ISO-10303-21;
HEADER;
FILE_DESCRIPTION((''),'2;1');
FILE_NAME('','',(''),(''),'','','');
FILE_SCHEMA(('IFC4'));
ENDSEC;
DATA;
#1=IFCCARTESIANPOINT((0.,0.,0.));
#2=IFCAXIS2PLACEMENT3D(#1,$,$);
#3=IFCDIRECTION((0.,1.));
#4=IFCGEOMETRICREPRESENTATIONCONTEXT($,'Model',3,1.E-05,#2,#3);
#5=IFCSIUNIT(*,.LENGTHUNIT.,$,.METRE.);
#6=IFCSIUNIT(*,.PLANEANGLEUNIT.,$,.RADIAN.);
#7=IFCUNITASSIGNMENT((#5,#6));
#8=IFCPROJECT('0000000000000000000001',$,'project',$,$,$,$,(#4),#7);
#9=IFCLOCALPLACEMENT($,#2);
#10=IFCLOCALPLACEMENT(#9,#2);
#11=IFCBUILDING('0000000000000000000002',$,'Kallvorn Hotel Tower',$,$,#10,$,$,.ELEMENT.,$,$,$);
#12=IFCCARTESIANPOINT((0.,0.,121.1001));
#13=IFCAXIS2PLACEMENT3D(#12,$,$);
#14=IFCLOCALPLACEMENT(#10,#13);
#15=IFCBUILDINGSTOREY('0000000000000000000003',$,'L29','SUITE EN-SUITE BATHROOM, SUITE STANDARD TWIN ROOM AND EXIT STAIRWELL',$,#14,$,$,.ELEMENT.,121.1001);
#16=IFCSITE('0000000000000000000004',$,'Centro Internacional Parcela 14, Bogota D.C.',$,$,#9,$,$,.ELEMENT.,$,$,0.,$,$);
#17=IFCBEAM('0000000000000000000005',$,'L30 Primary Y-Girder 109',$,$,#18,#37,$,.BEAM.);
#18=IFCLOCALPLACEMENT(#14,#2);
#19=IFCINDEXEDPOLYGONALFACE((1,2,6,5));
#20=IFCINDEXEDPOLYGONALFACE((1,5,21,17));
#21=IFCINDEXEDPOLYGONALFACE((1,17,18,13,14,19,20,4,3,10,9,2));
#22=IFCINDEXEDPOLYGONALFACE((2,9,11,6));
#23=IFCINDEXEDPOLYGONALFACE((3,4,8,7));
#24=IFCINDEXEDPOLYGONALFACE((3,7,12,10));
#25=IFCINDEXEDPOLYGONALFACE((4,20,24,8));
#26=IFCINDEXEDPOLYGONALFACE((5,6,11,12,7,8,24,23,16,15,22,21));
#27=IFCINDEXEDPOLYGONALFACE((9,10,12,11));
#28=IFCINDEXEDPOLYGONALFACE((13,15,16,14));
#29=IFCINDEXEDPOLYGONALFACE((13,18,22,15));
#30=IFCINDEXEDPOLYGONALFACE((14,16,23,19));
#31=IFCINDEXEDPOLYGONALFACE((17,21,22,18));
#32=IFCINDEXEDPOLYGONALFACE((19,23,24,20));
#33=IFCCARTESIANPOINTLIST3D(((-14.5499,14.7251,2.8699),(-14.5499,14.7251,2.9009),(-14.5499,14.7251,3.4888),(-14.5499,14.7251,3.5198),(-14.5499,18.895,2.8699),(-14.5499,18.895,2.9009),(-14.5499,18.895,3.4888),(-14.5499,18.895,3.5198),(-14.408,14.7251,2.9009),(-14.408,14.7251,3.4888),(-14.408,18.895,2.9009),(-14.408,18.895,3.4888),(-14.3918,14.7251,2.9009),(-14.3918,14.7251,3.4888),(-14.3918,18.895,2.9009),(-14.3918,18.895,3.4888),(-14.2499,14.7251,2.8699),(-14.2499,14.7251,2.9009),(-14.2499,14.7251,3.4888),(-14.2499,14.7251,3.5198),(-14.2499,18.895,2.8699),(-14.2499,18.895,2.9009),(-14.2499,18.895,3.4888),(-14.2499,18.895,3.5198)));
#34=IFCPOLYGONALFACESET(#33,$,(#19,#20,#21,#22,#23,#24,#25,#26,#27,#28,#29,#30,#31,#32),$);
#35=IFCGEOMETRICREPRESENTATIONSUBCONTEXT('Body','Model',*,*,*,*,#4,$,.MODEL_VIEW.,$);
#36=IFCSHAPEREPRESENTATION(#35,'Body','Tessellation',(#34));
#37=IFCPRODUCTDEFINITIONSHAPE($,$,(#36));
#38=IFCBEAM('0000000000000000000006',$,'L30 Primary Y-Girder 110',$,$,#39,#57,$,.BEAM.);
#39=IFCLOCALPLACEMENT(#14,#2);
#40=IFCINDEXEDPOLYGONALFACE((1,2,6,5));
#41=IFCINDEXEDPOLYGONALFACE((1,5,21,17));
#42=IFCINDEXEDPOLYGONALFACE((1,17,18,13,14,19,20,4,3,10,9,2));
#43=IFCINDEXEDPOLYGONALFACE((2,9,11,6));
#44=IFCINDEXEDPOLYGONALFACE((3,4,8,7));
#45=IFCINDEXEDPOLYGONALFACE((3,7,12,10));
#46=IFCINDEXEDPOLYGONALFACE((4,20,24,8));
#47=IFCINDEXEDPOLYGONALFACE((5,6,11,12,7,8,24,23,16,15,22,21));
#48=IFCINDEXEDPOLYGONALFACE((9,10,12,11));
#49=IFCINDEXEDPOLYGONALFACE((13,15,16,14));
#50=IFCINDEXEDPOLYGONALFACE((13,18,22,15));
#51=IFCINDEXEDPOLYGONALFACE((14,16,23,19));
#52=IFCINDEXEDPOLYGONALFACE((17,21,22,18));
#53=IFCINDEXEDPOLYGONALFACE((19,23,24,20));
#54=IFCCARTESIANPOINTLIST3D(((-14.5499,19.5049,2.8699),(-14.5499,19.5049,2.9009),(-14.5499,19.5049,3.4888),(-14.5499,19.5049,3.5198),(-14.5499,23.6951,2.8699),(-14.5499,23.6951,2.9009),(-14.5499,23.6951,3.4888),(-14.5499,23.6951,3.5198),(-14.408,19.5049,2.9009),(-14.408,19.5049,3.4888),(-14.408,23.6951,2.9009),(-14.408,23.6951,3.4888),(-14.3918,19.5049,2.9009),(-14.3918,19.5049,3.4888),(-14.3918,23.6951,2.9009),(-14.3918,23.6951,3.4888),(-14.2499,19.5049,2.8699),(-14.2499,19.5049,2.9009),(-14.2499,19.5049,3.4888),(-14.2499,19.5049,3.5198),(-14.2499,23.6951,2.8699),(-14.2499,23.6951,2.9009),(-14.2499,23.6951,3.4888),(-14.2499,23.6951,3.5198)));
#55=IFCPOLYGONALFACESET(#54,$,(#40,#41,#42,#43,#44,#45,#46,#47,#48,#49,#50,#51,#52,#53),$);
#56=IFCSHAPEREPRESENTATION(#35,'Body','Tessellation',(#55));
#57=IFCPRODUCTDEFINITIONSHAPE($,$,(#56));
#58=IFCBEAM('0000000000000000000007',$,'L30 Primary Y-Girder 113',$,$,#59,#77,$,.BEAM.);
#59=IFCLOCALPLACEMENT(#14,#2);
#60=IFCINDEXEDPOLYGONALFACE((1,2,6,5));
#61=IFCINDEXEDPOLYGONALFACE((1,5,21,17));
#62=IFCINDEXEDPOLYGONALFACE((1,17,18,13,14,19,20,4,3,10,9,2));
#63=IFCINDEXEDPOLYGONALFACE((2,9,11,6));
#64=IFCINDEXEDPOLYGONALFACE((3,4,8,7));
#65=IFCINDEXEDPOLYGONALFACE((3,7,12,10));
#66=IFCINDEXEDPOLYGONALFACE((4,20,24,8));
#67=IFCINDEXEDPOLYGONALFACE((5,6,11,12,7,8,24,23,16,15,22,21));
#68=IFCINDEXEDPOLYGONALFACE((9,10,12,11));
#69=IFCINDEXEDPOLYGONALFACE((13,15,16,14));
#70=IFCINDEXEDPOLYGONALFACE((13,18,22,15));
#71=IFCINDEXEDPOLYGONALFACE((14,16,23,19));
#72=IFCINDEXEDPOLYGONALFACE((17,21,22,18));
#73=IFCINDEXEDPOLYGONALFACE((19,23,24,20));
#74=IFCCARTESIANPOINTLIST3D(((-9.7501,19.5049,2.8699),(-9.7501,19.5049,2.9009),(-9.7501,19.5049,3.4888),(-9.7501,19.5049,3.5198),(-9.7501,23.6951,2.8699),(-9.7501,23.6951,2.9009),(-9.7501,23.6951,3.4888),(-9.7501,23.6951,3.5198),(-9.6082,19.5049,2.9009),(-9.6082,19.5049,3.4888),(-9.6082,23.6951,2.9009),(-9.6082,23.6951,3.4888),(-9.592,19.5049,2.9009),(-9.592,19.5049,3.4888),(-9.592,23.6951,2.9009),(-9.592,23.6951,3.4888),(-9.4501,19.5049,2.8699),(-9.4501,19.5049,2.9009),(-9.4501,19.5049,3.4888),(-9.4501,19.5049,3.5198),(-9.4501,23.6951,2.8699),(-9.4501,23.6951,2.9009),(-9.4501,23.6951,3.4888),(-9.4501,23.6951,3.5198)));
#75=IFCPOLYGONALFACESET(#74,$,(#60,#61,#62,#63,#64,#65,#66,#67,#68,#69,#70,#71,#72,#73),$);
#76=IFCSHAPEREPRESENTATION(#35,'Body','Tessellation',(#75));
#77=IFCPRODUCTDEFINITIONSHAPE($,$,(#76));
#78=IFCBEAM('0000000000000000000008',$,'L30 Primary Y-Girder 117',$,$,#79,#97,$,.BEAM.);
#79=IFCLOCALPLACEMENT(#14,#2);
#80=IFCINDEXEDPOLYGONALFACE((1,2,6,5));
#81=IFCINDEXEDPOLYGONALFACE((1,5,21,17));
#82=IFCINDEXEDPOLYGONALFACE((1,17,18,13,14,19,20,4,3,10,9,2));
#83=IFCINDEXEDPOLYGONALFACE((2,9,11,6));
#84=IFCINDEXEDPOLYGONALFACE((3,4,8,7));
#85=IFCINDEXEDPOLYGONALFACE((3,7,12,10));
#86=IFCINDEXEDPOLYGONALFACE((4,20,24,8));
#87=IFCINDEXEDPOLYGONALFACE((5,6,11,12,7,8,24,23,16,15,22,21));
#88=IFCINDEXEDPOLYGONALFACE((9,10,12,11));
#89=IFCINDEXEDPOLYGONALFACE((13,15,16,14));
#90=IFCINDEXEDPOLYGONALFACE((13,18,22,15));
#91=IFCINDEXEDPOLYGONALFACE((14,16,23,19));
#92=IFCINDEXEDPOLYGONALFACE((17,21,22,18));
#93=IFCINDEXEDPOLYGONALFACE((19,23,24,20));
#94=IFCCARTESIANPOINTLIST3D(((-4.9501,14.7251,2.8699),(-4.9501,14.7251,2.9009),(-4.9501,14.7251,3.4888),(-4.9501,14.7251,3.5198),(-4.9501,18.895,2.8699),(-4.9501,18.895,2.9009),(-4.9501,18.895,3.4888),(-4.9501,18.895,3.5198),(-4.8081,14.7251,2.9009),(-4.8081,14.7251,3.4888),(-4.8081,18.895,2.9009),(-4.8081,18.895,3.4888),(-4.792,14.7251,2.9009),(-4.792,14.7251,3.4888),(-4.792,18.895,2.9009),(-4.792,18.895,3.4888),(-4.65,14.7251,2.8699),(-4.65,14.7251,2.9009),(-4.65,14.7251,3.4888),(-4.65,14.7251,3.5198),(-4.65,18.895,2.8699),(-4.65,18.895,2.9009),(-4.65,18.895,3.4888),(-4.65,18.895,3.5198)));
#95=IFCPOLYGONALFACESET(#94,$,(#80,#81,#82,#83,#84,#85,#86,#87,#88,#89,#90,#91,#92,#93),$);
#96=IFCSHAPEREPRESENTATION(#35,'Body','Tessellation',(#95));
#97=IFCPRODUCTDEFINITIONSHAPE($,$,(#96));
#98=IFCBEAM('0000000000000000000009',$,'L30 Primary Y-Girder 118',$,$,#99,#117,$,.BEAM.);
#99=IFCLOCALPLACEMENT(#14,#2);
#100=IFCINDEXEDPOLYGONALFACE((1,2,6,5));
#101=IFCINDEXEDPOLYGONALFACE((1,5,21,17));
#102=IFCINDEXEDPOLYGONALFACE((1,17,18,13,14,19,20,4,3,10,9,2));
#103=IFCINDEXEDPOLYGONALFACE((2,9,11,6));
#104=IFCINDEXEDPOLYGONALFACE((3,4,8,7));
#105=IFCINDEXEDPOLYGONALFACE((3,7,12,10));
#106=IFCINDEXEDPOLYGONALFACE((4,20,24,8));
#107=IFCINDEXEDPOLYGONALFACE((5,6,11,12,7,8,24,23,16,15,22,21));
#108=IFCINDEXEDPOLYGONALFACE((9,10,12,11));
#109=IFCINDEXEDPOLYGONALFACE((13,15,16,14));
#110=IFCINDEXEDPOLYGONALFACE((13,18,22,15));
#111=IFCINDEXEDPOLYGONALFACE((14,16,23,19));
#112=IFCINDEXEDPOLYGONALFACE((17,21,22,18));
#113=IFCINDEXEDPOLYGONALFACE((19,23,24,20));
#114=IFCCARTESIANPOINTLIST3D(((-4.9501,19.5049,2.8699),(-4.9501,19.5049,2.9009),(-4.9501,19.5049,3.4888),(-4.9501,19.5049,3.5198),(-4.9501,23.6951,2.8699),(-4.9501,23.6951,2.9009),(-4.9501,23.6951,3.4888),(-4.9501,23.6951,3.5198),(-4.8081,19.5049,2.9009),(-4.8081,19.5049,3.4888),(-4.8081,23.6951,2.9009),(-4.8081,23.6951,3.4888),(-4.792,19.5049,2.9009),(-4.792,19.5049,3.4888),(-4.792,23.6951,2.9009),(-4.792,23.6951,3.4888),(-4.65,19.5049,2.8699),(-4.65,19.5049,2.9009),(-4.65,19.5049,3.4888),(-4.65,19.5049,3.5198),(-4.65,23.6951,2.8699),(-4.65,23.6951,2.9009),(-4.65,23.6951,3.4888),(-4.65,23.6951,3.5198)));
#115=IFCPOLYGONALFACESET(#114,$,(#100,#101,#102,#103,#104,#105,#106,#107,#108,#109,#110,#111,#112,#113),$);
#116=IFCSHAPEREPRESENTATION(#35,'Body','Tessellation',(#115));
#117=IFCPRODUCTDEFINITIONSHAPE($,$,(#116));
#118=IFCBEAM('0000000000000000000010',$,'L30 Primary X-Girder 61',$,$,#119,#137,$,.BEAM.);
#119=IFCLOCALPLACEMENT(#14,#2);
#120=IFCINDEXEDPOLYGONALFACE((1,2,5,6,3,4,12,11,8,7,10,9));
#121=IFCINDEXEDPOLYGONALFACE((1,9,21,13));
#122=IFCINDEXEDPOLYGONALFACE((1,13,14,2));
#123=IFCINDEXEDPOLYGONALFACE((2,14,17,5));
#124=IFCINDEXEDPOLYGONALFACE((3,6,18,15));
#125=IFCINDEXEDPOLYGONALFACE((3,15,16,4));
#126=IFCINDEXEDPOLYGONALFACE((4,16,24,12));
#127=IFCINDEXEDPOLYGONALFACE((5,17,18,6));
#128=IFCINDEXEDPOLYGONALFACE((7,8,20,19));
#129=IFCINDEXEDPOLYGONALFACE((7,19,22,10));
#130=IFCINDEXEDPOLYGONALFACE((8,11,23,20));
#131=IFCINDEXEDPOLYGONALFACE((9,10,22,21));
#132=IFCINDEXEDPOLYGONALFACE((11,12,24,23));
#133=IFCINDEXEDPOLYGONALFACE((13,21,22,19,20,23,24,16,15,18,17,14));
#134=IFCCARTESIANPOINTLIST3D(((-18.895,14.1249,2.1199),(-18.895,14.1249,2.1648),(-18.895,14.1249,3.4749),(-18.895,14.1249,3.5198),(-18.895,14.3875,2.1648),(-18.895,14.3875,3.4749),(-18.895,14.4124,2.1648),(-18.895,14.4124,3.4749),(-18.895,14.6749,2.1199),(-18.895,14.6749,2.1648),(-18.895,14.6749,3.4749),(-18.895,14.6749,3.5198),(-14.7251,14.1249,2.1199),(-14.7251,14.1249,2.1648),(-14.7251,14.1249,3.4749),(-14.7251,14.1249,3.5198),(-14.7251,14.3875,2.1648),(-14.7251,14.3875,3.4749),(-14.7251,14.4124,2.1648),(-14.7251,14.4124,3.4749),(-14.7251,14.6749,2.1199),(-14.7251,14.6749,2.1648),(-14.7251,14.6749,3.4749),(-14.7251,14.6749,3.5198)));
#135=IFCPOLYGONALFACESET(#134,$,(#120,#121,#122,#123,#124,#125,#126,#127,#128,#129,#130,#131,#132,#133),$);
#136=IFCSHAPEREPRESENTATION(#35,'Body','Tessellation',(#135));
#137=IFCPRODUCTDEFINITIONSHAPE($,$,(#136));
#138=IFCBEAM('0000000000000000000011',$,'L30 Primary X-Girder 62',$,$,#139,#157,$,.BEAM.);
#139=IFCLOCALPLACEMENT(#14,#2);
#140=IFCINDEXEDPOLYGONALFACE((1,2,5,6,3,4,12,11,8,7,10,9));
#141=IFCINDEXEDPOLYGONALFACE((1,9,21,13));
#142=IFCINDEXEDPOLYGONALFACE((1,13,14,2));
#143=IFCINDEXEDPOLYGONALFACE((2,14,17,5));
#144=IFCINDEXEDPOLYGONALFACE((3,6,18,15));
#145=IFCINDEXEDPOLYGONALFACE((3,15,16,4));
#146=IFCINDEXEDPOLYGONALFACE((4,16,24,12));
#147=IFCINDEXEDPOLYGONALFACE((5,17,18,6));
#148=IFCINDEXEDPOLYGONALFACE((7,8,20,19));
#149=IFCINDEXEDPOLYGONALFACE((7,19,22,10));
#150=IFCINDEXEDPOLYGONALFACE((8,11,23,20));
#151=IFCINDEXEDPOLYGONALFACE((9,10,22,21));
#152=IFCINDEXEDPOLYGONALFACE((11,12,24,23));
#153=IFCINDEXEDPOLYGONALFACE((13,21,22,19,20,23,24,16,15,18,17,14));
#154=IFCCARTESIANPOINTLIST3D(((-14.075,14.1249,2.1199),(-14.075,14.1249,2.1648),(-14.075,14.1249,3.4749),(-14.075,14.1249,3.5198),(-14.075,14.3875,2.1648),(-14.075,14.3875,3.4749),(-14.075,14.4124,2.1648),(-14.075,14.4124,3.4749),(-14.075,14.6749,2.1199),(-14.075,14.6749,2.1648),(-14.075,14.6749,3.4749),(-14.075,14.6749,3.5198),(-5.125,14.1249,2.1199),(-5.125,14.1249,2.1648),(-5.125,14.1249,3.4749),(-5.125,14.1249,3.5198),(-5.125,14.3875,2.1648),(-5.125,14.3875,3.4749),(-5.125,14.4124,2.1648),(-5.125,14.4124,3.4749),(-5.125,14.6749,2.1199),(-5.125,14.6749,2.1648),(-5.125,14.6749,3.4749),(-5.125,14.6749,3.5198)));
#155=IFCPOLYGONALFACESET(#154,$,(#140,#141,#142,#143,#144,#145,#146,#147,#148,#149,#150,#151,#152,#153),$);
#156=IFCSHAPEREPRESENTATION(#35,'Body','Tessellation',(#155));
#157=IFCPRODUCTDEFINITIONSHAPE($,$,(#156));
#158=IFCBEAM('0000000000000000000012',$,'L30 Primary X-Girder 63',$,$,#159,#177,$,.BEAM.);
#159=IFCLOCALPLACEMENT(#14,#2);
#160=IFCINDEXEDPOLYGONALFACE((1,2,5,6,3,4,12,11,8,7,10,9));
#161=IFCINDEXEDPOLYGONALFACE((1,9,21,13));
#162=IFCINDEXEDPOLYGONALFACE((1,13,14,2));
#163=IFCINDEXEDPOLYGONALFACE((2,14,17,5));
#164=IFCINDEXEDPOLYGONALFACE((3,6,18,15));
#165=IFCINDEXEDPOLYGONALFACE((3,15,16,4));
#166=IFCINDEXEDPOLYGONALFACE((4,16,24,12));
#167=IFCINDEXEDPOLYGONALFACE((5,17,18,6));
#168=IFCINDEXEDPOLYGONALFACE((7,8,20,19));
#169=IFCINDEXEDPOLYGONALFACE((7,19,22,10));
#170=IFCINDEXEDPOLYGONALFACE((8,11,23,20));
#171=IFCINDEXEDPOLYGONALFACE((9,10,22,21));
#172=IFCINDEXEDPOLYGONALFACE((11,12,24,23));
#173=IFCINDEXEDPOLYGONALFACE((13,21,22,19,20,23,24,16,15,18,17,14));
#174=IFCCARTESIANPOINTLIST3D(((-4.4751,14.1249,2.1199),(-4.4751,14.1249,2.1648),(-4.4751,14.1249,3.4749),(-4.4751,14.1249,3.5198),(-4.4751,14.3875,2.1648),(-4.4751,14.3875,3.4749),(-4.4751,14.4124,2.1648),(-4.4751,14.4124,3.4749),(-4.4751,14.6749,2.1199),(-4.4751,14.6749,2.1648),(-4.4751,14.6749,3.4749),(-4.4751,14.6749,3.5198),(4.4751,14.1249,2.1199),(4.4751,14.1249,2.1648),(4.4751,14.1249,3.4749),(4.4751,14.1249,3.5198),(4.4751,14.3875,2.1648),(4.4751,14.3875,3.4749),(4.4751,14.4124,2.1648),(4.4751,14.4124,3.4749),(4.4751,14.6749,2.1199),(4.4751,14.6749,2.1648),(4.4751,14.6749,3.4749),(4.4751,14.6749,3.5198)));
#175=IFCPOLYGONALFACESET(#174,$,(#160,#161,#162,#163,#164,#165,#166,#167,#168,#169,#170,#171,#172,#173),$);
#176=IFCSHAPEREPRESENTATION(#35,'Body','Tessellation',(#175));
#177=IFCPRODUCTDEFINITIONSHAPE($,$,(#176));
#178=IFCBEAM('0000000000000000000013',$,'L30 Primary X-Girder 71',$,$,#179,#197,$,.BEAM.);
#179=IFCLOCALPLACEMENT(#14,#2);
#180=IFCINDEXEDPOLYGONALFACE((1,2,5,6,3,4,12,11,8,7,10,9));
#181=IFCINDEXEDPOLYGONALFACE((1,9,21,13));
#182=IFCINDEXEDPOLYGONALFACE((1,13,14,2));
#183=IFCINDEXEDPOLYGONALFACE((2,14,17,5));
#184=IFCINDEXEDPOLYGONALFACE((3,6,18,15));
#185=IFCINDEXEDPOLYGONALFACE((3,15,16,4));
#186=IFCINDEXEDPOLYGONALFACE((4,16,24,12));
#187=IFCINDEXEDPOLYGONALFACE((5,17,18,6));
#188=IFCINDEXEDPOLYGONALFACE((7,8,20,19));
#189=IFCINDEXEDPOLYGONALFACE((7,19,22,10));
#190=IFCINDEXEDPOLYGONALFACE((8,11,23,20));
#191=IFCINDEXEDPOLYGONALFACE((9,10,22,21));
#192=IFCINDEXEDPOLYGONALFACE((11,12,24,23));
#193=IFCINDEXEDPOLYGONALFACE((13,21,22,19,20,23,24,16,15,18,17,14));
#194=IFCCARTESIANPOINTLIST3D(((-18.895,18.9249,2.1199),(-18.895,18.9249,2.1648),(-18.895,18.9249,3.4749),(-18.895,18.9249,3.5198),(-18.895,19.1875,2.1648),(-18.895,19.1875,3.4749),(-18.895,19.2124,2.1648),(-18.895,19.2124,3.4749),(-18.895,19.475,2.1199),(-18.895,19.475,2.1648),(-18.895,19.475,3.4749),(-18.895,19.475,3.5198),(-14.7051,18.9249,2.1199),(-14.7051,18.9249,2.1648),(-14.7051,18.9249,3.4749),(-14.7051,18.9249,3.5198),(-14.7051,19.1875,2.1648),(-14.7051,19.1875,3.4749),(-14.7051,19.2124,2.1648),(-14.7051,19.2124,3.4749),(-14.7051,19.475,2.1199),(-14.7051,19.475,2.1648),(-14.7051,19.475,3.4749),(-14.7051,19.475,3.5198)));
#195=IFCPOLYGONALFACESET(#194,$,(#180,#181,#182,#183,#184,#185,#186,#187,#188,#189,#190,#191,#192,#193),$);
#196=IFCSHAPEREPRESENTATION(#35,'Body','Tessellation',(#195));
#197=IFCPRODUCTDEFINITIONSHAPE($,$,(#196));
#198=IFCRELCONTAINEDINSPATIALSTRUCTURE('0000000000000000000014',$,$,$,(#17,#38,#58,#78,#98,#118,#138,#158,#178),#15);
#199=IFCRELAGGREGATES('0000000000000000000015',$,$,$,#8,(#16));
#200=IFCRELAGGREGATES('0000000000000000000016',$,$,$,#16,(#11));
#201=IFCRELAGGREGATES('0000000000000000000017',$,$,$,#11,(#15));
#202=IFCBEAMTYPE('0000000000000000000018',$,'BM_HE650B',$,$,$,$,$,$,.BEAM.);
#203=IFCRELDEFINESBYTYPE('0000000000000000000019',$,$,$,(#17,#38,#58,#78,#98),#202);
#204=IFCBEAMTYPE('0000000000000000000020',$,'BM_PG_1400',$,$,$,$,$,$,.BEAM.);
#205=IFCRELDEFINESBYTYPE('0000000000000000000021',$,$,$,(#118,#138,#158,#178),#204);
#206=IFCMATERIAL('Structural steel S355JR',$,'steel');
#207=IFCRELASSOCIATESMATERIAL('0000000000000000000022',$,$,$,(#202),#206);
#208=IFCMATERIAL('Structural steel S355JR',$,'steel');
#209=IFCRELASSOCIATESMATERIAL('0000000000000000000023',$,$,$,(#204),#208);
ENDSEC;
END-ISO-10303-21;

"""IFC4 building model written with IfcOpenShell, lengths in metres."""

from ifc_helpers import new_model, si_unit, direction, frame, origin, origin_2d, place, context, subcontext, project, spatial, i_section, extrude, material, material_profile, profile_set, type_object, element, save


model = new_model("IFC4")

# Units and contexts
model_context = context("Model", 3, precision=1e-05, world=origin(), true_north=direction((0.0, 1.0)))
body_context = subcontext(model_context, "Body", "Model", "MODEL_VIEW")
ifc_project = project(units=[si_unit("LENGTHUNIT", "METRE"), si_unit("PLANEANGLEUNIT", "RADIAN")], contexts=[model_context])

# Site, building, storey
site_placement = place(None, origin())
site = spatial("IfcSite", under=ifc_project, at=site_placement, Name="Centro Internacional Parcela 14, Bogota D.C.", CompositionType="ELEMENT", RefElevation=0.0)
building_placement = place(site_placement, origin())
building = spatial("IfcBuilding", under=site, at=building_placement, Name="Kallvorn Hotel Tower", CompositionType="ELEMENT")
storey_placement = place(building_placement, frame((0.0, 0.0, 121.1001)))
storey = spatial("IfcBuildingStorey", under=building, at=storey_placement, Name="L29", Description="SUITE EN-SUITE BATHROOM, SUITE STANDARD TWIN ROOM AND EXIT STAIRWELL", CompositionType="ELEMENT", Elevation=121.1001)

# Beams
ifc_material_1 = material(Name="Structural steel S355JR", Category="steel")
ifc_material_profile_1 = material_profile(ifc_material_1, i_section(OverallWidth=0.3, OverallDepth=0.6499, WebThickness=0.0161, FlangeThickness=0.031, at=origin_2d()), Name="HE 650 B")
ifc_profile_set_1 = profile_set([ifc_material_profile_1], Name="Structural steel S355JR")
beam_type_1 = type_object("IfcBeamType", Name="BM_HE650B", PredefinedType="BEAM", material=ifc_profile_set_1)
beam_1_placement = place(storey_placement, frame((-14.3999, 14.7251, 3.1948), z_axis=(0.0, 1.0, 0.0), x_axis=(-1.0, 0.0, 0.0)))
element("IfcBeam", 1, at=beam_1_placement, inside=storey, type_object=beam_type_1, Name="L30 Primary Y-Girder 109", PredefinedType="BEAM", context=body_context, shape_type="SweptSolid", body=[
    extrude(i_section(OverallWidth=0.3, OverallDepth=0.6499, WebThickness=0.0161, FlangeThickness=0.031, at=origin_2d()), origin(), (0.0, 0.0, 1.0), 4.1699),
])
for number, where, z_axis, x_axis, name in (
    (2, (-14.3999, 19.5049, 3.1948), (0.0, 1.0, 0.0), (-1.0, 0.0, 0.0), "L30 Primary Y-Girder 110"),
    (3, (-9.6001, 19.5049, 3.1948), (0.0, 1.0, 0.0), (-1.0, 0.0, 0.0), "L30 Primary Y-Girder 113"),
):
    element("IfcBeam", number, at=place(storey_placement, frame(where, z_axis=z_axis, x_axis=x_axis)), inside=storey, type_object=beam_type_1, Name=name, PredefinedType="BEAM", context=body_context, shape_type="SweptSolid", body=[
        extrude(i_section(OverallWidth=0.3, OverallDepth=0.6499, WebThickness=0.0161, FlangeThickness=0.031, at=origin_2d()), origin(), (0.0, 0.0, 1.0), 4.1902),
    ])
beam_2_placement = place(storey_placement, frame((-4.8, 14.7251, 3.1948), z_axis=(0.0, 1.0, 0.0), x_axis=(-1.0, 0.0, 0.0)))
element("IfcBeam", 4, at=beam_2_placement, inside=storey, type_object=beam_type_1, Name="L30 Primary Y-Girder 117", PredefinedType="BEAM", context=body_context, shape_type="SweptSolid", body=[
    extrude(i_section(OverallWidth=0.3, OverallDepth=0.6499, WebThickness=0.0161, FlangeThickness=0.031, at=origin_2d()), origin(), (0.0, 0.0, 1.0), 4.1699),
])
beam_3_placement = place(storey_placement, frame((-4.8, 19.5049, 3.1948), z_axis=(0.0, 1.0, 0.0), x_axis=(-1.0, 0.0, 0.0)))
element("IfcBeam", 5, at=beam_3_placement, inside=storey, type_object=beam_type_1, Name="L30 Primary Y-Girder 118", PredefinedType="BEAM", context=body_context, shape_type="SweptSolid", body=[
    extrude(i_section(OverallWidth=0.3, OverallDepth=0.6499, WebThickness=0.0161, FlangeThickness=0.031, at=origin_2d()), origin(), (0.0, 0.0, 1.0), 4.1902),
])
ifc_material_2 = material(Name="Structural steel S355JR", Category="steel")
ifc_material_profile_2 = material_profile(ifc_material_2, i_section(OverallWidth=0.55, OverallDepth=1.3999, WebThickness=0.0249, FlangeThickness=0.0449, at=origin_2d()), Name="PG 1400x550x25x45")
ifc_profile_set_2 = profile_set([ifc_material_profile_2], Name="Structural steel S355JR")
beam_type_2 = type_object("IfcBeamType", Name="BM_PG_1400", PredefinedType="BEAM", material=ifc_profile_set_2)
beam_4_placement = place(storey_placement, frame((-18.895, 14.3999, 2.8198), z_axis=(1.0, 0.0, 0.0), x_axis=(0.0, 1.0, 0.0)))
element("IfcBeam", 6, at=beam_4_placement, inside=storey, type_object=beam_type_2, Name="L30 Primary X-Girder 61", PredefinedType="BEAM", context=body_context, shape_type="SweptSolid", body=[
    extrude(i_section(OverallWidth=0.55, OverallDepth=1.3999, WebThickness=0.0249, FlangeThickness=0.0449, at=origin_2d()), origin(), (0.0, 0.0, 1.0), 4.1699),
])
beam_5_placement = place(storey_placement, frame((-14.075, 14.3999, 2.8198), z_axis=(1.0, 0.0, 0.0), x_axis=(0.0, 1.0, 0.0)))
element("IfcBeam", 7, at=beam_5_placement, inside=storey, type_object=beam_type_2, Name="L30 Primary X-Girder 62", PredefinedType="BEAM", context=body_context, shape_type="SweptSolid", body=[
    extrude(i_section(OverallWidth=0.55, OverallDepth=1.3999, WebThickness=0.0249, FlangeThickness=0.0449, at=origin_2d()), origin(), (0.0, 0.0, 1.0), 8.95),
])
beam_6_placement = place(storey_placement, frame((-4.4751, 14.3999, 2.8198), z_axis=(1.0, 0.0, 0.0), x_axis=(0.0, 1.0, 0.0)))
element("IfcBeam", 8, at=beam_6_placement, inside=storey, type_object=beam_type_2, Name="L30 Primary X-Girder 63", PredefinedType="BEAM", context=body_context, shape_type="SweptSolid", body=[
    extrude(i_section(OverallWidth=0.55, OverallDepth=1.3999, WebThickness=0.0249, FlangeThickness=0.0449, at=origin_2d()), origin(), (0.0, 0.0, 1.0), 8.9502),
])
for number, where, z_axis, x_axis, name in (
    (9, (-18.895, 19.2, 2.8198), (1.0, 0.0, 0.0), (0.0, 1.0, 0.0), "L30 Primary X-Girder 71"),
):
    element("IfcBeam", number, at=place(storey_placement, frame(where, z_axis=z_axis, x_axis=x_axis)), inside=storey, type_object=beam_type_2, Name=name, PredefinedType="BEAM", context=body_context, shape_type="SweptSolid", body=[
        extrude(i_section(OverallWidth=0.55, OverallDepth=1.3999, WebThickness=0.0249, FlangeThickness=0.0449, at=origin_2d()), origin(), (0.0, 0.0, 1.0), 4.1899),
    ])

save(model, "model.ifc")
